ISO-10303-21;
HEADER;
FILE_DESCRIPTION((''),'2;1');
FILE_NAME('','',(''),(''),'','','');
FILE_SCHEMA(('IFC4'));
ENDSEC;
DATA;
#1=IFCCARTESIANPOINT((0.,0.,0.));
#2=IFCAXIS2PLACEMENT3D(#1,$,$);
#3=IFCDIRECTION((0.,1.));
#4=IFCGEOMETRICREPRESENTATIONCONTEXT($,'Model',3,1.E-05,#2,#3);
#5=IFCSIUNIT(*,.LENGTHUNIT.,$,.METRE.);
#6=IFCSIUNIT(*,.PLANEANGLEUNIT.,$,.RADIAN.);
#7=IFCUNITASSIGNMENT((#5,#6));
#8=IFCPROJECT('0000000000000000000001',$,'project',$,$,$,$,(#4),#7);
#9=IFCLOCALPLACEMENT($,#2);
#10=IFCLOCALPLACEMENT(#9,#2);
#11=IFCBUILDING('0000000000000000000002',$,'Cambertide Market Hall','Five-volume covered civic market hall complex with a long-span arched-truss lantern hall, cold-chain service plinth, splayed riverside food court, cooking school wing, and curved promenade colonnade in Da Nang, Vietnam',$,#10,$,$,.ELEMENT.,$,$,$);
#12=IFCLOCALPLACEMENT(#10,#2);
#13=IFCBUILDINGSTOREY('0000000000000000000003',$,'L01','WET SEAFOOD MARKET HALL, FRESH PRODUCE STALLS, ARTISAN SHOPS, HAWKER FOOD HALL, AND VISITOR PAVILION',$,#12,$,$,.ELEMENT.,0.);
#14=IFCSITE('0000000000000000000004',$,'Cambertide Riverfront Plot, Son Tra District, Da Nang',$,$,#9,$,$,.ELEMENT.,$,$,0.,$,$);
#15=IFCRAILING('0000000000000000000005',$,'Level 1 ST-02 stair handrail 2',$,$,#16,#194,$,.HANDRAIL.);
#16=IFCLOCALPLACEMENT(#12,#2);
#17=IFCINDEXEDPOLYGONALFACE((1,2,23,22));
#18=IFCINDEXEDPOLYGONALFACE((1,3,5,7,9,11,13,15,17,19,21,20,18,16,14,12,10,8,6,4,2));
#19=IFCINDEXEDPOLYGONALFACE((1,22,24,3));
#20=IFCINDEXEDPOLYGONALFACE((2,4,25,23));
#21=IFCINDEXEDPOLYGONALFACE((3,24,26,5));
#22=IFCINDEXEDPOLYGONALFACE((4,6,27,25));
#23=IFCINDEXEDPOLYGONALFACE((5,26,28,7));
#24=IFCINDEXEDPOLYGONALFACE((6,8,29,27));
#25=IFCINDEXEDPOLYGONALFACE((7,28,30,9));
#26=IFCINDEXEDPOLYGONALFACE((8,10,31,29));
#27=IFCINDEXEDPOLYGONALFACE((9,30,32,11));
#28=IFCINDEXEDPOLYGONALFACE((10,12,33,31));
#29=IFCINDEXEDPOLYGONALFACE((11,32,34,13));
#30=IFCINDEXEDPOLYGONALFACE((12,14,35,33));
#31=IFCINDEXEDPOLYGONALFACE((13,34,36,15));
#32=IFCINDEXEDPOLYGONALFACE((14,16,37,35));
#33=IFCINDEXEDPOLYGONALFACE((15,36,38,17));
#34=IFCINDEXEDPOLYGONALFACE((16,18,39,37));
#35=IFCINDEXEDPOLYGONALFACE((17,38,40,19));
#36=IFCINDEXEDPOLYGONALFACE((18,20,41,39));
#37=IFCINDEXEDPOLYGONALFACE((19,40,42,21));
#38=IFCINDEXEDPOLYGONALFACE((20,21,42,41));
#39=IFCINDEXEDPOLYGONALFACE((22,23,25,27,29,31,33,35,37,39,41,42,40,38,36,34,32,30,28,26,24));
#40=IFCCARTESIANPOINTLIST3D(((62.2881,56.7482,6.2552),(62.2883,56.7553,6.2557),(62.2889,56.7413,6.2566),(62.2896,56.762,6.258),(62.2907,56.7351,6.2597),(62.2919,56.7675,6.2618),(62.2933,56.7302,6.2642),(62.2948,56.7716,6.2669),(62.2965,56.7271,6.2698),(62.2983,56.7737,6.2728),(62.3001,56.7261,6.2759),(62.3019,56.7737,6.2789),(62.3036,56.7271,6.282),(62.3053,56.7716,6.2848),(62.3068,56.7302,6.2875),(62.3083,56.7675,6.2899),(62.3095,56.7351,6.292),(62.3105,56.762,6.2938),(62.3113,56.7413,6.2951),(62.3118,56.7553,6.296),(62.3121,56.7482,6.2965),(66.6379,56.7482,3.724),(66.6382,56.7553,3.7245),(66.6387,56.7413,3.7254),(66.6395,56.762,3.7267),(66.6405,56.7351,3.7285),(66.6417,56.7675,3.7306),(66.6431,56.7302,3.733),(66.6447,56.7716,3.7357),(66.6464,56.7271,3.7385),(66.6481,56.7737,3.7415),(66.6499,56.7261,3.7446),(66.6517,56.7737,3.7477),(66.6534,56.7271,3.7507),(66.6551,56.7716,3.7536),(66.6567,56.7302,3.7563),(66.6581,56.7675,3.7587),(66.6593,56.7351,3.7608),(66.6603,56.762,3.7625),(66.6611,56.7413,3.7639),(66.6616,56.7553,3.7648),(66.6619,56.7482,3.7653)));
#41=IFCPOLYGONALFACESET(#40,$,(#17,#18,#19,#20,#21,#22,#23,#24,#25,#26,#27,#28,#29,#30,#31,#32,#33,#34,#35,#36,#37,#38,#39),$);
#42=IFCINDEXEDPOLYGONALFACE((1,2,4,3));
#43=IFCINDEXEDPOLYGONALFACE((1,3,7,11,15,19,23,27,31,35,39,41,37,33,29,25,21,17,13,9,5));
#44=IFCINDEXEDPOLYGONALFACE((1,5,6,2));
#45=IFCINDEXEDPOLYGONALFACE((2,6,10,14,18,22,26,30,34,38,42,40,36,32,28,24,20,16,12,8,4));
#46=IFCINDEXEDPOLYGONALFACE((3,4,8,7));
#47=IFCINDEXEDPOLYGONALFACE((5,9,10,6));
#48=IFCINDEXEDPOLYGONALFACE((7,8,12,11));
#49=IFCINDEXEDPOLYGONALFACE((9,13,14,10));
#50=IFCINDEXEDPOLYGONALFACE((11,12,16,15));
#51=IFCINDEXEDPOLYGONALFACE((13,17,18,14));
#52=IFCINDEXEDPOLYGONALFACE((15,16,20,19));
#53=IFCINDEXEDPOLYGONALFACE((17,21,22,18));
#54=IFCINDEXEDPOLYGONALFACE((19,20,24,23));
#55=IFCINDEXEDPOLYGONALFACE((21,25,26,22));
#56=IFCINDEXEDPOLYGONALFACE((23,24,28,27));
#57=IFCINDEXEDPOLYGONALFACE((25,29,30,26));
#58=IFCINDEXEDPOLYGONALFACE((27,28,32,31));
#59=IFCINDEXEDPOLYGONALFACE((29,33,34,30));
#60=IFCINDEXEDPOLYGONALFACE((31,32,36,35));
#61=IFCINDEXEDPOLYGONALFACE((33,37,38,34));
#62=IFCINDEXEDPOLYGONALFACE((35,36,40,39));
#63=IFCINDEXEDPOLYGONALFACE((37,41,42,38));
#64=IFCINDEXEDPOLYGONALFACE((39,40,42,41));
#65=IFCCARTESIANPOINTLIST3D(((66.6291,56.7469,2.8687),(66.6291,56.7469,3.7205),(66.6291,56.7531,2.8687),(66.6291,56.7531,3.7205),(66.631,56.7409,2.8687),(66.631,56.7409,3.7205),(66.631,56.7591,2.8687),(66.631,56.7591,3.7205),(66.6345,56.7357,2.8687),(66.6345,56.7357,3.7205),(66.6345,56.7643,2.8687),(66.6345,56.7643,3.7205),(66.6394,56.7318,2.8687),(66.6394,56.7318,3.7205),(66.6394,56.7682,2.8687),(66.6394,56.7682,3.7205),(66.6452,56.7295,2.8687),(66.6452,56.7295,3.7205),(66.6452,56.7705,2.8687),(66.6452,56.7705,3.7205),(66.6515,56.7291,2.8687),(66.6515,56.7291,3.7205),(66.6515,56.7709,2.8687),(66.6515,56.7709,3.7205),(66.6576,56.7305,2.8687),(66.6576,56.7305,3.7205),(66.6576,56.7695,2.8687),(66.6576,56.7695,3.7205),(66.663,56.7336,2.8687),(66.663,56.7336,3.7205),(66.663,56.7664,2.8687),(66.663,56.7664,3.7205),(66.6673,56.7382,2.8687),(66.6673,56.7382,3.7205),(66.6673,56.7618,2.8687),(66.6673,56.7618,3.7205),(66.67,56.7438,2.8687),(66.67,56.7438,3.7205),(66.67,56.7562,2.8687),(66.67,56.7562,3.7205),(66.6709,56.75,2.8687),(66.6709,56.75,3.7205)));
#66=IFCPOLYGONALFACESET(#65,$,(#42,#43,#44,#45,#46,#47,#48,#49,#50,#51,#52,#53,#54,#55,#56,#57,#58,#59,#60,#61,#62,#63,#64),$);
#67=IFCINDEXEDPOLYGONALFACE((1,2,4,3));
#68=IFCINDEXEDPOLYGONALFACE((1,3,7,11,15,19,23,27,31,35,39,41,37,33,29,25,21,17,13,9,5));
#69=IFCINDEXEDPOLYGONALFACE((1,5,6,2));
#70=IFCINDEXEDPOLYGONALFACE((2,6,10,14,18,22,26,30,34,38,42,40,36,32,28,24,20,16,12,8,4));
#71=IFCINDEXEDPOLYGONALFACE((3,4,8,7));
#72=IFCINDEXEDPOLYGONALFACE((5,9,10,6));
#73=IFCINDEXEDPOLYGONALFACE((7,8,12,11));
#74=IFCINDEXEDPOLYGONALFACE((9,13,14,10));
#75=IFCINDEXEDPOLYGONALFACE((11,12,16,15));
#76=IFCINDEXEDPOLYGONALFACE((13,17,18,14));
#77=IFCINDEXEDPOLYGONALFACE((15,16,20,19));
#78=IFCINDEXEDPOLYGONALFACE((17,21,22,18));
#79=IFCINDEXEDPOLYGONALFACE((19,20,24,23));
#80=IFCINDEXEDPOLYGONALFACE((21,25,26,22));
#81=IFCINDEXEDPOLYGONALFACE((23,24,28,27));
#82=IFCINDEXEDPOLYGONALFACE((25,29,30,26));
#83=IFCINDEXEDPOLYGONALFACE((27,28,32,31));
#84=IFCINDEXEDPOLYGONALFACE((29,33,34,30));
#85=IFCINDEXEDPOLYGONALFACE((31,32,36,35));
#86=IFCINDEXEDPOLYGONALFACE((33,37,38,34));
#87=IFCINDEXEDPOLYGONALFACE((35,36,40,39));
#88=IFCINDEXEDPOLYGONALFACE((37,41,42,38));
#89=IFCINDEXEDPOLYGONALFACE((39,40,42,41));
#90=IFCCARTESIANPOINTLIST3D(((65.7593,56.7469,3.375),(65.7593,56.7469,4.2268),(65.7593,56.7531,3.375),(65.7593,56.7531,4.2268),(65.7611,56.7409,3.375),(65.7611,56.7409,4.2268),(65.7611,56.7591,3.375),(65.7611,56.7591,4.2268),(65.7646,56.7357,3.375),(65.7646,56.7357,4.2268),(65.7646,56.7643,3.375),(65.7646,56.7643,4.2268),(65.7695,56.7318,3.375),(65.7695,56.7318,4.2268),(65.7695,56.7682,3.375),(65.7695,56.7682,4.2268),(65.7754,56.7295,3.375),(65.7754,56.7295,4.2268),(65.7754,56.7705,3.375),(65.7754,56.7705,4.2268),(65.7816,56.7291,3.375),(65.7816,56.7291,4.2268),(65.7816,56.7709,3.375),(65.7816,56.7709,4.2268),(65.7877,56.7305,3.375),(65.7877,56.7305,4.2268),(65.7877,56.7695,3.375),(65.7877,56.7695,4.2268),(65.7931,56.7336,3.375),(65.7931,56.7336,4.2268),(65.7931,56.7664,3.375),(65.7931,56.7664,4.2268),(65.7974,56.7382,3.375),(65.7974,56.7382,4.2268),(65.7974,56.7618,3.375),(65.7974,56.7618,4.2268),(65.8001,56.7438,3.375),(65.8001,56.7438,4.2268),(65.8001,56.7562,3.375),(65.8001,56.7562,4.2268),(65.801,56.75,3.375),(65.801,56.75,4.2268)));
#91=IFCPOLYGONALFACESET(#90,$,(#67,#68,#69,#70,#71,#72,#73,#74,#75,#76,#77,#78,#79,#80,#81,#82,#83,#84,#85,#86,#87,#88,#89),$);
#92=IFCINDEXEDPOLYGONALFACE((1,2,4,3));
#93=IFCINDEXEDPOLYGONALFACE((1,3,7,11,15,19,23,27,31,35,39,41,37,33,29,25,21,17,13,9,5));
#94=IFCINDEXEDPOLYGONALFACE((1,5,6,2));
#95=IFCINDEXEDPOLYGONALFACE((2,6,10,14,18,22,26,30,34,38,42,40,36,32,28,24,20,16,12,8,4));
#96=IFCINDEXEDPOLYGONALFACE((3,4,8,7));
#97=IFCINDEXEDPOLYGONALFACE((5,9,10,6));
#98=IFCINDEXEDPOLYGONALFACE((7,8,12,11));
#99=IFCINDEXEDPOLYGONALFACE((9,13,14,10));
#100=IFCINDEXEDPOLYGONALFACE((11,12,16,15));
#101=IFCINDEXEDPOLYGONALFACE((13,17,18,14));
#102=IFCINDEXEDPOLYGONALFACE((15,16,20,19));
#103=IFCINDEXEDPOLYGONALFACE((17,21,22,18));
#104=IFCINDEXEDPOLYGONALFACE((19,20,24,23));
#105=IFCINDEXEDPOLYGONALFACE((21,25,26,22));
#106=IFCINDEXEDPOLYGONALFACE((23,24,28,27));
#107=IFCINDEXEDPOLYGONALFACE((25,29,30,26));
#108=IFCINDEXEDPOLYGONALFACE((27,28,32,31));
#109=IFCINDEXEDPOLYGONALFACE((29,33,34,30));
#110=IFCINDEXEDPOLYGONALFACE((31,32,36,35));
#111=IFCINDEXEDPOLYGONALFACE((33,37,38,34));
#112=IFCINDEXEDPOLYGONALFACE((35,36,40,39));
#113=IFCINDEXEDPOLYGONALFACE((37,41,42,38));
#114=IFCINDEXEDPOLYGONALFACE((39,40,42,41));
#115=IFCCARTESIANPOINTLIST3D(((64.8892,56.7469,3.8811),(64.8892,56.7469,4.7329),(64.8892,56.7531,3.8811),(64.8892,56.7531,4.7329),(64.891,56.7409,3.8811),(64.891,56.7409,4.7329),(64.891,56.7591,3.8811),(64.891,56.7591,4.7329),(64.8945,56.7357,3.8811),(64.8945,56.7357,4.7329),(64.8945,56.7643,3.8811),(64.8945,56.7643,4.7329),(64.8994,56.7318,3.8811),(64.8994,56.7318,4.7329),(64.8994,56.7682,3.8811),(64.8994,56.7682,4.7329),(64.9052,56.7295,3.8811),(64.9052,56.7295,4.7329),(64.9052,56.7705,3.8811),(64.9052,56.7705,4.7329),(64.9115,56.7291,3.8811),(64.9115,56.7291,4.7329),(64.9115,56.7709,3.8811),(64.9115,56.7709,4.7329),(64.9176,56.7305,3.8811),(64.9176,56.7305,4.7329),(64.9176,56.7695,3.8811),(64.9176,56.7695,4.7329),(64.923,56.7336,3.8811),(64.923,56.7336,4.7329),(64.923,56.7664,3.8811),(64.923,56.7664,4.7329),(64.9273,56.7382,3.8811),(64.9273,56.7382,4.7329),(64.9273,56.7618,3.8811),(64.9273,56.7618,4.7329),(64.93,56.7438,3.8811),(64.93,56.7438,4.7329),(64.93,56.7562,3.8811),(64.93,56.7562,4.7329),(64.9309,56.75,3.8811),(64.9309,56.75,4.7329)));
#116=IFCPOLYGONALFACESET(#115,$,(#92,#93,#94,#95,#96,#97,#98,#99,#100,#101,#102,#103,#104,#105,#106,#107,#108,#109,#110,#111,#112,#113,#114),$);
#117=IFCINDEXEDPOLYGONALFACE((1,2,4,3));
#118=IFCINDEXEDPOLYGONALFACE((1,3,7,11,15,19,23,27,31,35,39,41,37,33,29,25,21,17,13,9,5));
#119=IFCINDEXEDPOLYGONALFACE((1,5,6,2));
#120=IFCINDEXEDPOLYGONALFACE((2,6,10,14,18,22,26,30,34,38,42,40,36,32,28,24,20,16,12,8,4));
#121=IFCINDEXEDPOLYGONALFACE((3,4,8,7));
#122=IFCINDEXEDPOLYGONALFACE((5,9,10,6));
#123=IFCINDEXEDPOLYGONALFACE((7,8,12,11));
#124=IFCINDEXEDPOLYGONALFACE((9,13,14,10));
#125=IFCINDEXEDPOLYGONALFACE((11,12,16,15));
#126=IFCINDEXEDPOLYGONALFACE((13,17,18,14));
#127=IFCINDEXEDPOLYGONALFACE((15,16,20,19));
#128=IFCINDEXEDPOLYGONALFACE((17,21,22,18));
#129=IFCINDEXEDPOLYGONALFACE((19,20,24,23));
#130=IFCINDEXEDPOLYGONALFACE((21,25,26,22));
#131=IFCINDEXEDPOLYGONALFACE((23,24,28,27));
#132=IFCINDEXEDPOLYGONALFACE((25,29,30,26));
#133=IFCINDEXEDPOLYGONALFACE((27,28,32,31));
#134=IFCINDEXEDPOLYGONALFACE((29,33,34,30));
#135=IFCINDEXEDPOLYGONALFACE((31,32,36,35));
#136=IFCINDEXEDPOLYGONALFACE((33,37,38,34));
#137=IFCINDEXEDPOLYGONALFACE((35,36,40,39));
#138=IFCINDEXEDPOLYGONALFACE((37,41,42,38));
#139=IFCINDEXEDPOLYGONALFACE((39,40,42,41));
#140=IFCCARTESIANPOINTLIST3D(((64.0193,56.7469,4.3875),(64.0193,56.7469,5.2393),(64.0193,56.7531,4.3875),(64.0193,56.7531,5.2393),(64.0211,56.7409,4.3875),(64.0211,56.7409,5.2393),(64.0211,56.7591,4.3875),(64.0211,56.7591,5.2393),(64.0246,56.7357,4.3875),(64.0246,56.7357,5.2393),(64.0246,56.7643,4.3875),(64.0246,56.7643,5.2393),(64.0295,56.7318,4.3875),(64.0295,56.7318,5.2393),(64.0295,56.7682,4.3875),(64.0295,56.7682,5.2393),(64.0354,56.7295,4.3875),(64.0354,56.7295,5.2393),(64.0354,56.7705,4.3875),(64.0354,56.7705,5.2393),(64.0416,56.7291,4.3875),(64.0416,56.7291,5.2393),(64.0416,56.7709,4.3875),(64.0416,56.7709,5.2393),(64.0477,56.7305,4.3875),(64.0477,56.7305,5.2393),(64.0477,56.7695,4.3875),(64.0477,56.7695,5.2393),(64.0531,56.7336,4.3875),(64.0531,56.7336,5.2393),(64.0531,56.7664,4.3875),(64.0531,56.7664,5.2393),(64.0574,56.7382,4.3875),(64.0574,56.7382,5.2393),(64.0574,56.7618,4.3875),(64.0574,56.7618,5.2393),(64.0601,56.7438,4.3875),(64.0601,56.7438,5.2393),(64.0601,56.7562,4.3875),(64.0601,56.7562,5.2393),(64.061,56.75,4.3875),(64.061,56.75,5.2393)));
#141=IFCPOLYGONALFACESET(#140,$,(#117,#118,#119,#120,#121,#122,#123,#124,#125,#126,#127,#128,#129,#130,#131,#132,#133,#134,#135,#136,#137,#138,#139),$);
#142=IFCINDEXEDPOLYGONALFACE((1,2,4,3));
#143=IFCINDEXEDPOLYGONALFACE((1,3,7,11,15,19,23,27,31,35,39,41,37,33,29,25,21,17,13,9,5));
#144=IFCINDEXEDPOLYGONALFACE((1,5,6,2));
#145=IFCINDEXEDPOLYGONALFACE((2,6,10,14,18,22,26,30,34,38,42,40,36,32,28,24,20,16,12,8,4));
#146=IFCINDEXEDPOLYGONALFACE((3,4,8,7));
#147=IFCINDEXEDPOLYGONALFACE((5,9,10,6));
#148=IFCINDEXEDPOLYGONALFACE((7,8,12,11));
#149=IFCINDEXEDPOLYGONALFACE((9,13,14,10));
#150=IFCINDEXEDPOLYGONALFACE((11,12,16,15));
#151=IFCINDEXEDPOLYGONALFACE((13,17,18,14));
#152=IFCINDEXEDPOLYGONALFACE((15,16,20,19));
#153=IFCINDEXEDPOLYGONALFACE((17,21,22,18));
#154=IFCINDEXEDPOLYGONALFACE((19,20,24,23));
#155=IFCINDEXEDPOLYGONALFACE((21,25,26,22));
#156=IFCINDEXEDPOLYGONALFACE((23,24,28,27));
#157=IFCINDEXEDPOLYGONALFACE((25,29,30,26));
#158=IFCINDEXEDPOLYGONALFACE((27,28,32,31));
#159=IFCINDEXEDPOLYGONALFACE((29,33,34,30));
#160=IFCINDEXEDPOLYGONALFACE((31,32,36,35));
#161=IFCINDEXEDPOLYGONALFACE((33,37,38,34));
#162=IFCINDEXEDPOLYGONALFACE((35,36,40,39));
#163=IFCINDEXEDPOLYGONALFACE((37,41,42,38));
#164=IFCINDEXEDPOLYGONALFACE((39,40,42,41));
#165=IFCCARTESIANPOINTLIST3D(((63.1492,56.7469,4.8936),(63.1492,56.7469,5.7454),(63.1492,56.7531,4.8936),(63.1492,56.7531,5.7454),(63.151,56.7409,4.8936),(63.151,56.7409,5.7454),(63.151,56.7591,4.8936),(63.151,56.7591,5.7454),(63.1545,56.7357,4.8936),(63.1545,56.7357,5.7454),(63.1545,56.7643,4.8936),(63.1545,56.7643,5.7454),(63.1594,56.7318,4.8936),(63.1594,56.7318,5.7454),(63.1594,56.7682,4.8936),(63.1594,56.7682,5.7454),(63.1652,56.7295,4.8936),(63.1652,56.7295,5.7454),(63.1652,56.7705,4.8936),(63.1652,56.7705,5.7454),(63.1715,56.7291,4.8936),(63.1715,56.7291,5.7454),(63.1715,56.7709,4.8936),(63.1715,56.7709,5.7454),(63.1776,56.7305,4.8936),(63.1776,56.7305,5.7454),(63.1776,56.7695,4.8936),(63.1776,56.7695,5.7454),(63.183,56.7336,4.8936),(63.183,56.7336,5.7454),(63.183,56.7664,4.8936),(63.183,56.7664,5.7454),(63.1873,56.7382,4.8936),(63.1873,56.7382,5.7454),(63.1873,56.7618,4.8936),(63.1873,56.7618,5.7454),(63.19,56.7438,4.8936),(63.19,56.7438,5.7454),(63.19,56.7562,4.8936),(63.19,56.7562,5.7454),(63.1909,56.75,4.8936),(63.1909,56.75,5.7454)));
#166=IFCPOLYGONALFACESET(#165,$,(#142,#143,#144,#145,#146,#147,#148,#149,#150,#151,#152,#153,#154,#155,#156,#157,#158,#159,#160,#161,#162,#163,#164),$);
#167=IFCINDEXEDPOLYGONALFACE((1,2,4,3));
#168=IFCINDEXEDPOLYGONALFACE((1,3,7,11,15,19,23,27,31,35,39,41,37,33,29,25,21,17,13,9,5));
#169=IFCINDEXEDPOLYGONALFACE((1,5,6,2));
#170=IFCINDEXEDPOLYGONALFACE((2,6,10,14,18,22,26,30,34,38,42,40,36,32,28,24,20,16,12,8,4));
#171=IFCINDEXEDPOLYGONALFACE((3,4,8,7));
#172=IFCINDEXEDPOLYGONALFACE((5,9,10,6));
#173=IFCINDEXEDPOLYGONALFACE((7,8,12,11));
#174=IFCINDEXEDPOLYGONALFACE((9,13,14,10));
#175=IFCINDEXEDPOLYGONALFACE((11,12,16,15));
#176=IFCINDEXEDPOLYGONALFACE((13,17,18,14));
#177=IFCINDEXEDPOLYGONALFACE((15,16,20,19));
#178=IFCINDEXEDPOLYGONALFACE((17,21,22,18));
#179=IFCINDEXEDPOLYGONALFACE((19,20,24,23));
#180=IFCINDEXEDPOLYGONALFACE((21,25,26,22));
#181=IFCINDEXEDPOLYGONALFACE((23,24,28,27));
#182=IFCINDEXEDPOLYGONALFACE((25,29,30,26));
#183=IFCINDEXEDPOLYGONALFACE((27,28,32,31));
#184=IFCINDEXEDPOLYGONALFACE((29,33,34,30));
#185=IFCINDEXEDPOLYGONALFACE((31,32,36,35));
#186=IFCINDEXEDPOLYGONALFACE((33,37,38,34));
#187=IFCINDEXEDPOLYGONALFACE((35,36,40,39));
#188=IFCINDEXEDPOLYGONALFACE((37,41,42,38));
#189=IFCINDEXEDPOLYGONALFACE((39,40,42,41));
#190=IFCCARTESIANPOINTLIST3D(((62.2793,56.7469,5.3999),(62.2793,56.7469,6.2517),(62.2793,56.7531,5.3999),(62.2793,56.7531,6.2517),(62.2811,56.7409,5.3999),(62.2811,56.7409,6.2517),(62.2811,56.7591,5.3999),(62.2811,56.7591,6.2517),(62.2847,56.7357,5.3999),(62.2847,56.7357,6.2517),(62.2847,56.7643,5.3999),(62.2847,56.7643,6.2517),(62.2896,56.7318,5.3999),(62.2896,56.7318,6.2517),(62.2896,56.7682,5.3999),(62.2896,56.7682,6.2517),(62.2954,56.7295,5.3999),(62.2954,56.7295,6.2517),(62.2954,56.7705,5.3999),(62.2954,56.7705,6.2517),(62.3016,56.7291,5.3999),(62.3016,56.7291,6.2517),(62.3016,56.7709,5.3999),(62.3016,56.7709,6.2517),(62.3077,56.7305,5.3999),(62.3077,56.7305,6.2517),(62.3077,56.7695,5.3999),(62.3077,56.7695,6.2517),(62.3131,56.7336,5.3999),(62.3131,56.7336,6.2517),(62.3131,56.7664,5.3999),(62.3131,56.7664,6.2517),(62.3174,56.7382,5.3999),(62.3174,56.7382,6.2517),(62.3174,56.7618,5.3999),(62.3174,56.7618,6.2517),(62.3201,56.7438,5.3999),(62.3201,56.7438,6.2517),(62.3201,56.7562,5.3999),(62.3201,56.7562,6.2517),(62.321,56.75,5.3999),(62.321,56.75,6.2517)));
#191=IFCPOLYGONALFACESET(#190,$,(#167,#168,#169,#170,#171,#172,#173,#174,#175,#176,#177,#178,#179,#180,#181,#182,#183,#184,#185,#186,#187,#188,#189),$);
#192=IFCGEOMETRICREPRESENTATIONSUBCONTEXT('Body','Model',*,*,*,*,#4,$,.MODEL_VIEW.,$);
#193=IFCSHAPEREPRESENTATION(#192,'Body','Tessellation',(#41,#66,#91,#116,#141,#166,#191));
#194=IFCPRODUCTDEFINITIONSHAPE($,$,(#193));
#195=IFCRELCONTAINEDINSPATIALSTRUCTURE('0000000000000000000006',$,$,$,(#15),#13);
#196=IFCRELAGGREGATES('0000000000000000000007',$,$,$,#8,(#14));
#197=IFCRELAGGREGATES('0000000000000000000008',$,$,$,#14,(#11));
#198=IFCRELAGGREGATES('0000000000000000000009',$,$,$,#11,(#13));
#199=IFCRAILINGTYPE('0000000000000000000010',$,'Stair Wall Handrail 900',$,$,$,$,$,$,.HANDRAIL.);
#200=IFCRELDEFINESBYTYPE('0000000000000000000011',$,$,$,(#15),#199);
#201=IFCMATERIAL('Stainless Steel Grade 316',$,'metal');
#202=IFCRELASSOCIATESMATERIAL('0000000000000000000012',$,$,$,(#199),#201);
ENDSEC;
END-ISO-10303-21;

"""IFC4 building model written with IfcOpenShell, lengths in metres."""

from ifc_helpers import new_model, si_unit, direction, frame, origin, origin_2d, place, context, subcontext, project, spatial, circle, extrude, material, type_object, element, save


model = new_model("IFC4")

# Units and contexts
model_context = context("Model", 3, precision=1e-05, world=origin(), true_north=direction((0.0, 1.0)))
body_context = subcontext(model_context, "Body", "Model", "MODEL_VIEW")
ifc_project = project(units=[si_unit("LENGTHUNIT", "METRE"), si_unit("PLANEANGLEUNIT", "RADIAN")], contexts=[model_context])

# Site, building, storey
site_placement = place(None, origin())
site = spatial("IfcSite", under=ifc_project, at=site_placement, Name="Cambertide Riverfront Plot, Son Tra District, Da Nang", CompositionType="ELEMENT", RefElevation=0.0)
building_placement = place(site_placement, origin())
building = spatial("IfcBuilding", under=site, at=building_placement, Name="Cambertide Market Hall", Description="Five-volume covered civic market hall complex with a long-span arched-truss lantern hall, cold-chain service plinth, splayed riverside food court, cooking school wing, and curved promenade colonnade in Da Nang, Vietnam", CompositionType="ELEMENT")
storey_placement = place(building_placement, origin())
storey = spatial("IfcBuildingStorey", under=building, at=storey_placement, Name="L01", Description="WET SEAFOOD MARKET HALL, FRESH PRODUCE STALLS, ARTISAN SHOPS, HAWKER FOOD HALL, AND VISITOR PAVILION", CompositionType="ELEMENT", Elevation=0.0)

# Railing
ifc_material_1 = material(Name="Stainless Steel Grade 316", Category="metal")
railing_type_1 = type_object("IfcRailingType", Name="Stair Wall Handrail 900", PredefinedType="HANDRAIL", material=ifc_material_1)
railing_1_placement = place(storey_placement, frame((66.6499, 56.75, 2.8687)))
element("IfcRailing", 1, at=railing_1_placement, inside=storey, type_object=railing_type_1, Name="Level 1 ST-02 stair handrail 2", PredefinedType="HANDRAIL", context=body_context, shape_type="SweptSolid", body=[
    extrude(circle(Radius=0.0239, at=origin_2d()), frame((0.0, 0.0, 0.876), z_axis=(-0.864312, 0.0, 0.502957), x_axis=(0.0, -1.0, 0.0)), (0.0, 0.0, 1.0), 5.0327),
    extrude(circle(Radius=0.021, at=origin_2d()), origin(), (0.0, 0.0, 1.0), 0.8518),
    extrude(circle(Radius=0.021, at=origin_2d()), frame((-0.8699, 0.0, 0.5063)), (0.0, 0.0, 1.0), 0.8518),
    extrude(circle(Radius=0.021, at=origin_2d()), frame((-1.74, 0.0, 1.0125)), (0.0, 0.0, 1.0), 0.8518),
    extrude(circle(Radius=0.021, at=origin_2d()), frame((-2.6099, 0.0, 1.5188)), (0.0, 0.0, 1.0), 0.8518),
    extrude(circle(Radius=0.021, at=origin_2d()), frame((-3.48, 0.0, 2.0249)), (0.0, 0.0, 1.0), 0.8518),
    extrude(circle(Radius=0.021, at=origin_2d()), frame((-4.3499, 0.0, 2.5312)), (0.0, 0.0, 1.0), 0.8518),
])

save(model, "model.ifc")
